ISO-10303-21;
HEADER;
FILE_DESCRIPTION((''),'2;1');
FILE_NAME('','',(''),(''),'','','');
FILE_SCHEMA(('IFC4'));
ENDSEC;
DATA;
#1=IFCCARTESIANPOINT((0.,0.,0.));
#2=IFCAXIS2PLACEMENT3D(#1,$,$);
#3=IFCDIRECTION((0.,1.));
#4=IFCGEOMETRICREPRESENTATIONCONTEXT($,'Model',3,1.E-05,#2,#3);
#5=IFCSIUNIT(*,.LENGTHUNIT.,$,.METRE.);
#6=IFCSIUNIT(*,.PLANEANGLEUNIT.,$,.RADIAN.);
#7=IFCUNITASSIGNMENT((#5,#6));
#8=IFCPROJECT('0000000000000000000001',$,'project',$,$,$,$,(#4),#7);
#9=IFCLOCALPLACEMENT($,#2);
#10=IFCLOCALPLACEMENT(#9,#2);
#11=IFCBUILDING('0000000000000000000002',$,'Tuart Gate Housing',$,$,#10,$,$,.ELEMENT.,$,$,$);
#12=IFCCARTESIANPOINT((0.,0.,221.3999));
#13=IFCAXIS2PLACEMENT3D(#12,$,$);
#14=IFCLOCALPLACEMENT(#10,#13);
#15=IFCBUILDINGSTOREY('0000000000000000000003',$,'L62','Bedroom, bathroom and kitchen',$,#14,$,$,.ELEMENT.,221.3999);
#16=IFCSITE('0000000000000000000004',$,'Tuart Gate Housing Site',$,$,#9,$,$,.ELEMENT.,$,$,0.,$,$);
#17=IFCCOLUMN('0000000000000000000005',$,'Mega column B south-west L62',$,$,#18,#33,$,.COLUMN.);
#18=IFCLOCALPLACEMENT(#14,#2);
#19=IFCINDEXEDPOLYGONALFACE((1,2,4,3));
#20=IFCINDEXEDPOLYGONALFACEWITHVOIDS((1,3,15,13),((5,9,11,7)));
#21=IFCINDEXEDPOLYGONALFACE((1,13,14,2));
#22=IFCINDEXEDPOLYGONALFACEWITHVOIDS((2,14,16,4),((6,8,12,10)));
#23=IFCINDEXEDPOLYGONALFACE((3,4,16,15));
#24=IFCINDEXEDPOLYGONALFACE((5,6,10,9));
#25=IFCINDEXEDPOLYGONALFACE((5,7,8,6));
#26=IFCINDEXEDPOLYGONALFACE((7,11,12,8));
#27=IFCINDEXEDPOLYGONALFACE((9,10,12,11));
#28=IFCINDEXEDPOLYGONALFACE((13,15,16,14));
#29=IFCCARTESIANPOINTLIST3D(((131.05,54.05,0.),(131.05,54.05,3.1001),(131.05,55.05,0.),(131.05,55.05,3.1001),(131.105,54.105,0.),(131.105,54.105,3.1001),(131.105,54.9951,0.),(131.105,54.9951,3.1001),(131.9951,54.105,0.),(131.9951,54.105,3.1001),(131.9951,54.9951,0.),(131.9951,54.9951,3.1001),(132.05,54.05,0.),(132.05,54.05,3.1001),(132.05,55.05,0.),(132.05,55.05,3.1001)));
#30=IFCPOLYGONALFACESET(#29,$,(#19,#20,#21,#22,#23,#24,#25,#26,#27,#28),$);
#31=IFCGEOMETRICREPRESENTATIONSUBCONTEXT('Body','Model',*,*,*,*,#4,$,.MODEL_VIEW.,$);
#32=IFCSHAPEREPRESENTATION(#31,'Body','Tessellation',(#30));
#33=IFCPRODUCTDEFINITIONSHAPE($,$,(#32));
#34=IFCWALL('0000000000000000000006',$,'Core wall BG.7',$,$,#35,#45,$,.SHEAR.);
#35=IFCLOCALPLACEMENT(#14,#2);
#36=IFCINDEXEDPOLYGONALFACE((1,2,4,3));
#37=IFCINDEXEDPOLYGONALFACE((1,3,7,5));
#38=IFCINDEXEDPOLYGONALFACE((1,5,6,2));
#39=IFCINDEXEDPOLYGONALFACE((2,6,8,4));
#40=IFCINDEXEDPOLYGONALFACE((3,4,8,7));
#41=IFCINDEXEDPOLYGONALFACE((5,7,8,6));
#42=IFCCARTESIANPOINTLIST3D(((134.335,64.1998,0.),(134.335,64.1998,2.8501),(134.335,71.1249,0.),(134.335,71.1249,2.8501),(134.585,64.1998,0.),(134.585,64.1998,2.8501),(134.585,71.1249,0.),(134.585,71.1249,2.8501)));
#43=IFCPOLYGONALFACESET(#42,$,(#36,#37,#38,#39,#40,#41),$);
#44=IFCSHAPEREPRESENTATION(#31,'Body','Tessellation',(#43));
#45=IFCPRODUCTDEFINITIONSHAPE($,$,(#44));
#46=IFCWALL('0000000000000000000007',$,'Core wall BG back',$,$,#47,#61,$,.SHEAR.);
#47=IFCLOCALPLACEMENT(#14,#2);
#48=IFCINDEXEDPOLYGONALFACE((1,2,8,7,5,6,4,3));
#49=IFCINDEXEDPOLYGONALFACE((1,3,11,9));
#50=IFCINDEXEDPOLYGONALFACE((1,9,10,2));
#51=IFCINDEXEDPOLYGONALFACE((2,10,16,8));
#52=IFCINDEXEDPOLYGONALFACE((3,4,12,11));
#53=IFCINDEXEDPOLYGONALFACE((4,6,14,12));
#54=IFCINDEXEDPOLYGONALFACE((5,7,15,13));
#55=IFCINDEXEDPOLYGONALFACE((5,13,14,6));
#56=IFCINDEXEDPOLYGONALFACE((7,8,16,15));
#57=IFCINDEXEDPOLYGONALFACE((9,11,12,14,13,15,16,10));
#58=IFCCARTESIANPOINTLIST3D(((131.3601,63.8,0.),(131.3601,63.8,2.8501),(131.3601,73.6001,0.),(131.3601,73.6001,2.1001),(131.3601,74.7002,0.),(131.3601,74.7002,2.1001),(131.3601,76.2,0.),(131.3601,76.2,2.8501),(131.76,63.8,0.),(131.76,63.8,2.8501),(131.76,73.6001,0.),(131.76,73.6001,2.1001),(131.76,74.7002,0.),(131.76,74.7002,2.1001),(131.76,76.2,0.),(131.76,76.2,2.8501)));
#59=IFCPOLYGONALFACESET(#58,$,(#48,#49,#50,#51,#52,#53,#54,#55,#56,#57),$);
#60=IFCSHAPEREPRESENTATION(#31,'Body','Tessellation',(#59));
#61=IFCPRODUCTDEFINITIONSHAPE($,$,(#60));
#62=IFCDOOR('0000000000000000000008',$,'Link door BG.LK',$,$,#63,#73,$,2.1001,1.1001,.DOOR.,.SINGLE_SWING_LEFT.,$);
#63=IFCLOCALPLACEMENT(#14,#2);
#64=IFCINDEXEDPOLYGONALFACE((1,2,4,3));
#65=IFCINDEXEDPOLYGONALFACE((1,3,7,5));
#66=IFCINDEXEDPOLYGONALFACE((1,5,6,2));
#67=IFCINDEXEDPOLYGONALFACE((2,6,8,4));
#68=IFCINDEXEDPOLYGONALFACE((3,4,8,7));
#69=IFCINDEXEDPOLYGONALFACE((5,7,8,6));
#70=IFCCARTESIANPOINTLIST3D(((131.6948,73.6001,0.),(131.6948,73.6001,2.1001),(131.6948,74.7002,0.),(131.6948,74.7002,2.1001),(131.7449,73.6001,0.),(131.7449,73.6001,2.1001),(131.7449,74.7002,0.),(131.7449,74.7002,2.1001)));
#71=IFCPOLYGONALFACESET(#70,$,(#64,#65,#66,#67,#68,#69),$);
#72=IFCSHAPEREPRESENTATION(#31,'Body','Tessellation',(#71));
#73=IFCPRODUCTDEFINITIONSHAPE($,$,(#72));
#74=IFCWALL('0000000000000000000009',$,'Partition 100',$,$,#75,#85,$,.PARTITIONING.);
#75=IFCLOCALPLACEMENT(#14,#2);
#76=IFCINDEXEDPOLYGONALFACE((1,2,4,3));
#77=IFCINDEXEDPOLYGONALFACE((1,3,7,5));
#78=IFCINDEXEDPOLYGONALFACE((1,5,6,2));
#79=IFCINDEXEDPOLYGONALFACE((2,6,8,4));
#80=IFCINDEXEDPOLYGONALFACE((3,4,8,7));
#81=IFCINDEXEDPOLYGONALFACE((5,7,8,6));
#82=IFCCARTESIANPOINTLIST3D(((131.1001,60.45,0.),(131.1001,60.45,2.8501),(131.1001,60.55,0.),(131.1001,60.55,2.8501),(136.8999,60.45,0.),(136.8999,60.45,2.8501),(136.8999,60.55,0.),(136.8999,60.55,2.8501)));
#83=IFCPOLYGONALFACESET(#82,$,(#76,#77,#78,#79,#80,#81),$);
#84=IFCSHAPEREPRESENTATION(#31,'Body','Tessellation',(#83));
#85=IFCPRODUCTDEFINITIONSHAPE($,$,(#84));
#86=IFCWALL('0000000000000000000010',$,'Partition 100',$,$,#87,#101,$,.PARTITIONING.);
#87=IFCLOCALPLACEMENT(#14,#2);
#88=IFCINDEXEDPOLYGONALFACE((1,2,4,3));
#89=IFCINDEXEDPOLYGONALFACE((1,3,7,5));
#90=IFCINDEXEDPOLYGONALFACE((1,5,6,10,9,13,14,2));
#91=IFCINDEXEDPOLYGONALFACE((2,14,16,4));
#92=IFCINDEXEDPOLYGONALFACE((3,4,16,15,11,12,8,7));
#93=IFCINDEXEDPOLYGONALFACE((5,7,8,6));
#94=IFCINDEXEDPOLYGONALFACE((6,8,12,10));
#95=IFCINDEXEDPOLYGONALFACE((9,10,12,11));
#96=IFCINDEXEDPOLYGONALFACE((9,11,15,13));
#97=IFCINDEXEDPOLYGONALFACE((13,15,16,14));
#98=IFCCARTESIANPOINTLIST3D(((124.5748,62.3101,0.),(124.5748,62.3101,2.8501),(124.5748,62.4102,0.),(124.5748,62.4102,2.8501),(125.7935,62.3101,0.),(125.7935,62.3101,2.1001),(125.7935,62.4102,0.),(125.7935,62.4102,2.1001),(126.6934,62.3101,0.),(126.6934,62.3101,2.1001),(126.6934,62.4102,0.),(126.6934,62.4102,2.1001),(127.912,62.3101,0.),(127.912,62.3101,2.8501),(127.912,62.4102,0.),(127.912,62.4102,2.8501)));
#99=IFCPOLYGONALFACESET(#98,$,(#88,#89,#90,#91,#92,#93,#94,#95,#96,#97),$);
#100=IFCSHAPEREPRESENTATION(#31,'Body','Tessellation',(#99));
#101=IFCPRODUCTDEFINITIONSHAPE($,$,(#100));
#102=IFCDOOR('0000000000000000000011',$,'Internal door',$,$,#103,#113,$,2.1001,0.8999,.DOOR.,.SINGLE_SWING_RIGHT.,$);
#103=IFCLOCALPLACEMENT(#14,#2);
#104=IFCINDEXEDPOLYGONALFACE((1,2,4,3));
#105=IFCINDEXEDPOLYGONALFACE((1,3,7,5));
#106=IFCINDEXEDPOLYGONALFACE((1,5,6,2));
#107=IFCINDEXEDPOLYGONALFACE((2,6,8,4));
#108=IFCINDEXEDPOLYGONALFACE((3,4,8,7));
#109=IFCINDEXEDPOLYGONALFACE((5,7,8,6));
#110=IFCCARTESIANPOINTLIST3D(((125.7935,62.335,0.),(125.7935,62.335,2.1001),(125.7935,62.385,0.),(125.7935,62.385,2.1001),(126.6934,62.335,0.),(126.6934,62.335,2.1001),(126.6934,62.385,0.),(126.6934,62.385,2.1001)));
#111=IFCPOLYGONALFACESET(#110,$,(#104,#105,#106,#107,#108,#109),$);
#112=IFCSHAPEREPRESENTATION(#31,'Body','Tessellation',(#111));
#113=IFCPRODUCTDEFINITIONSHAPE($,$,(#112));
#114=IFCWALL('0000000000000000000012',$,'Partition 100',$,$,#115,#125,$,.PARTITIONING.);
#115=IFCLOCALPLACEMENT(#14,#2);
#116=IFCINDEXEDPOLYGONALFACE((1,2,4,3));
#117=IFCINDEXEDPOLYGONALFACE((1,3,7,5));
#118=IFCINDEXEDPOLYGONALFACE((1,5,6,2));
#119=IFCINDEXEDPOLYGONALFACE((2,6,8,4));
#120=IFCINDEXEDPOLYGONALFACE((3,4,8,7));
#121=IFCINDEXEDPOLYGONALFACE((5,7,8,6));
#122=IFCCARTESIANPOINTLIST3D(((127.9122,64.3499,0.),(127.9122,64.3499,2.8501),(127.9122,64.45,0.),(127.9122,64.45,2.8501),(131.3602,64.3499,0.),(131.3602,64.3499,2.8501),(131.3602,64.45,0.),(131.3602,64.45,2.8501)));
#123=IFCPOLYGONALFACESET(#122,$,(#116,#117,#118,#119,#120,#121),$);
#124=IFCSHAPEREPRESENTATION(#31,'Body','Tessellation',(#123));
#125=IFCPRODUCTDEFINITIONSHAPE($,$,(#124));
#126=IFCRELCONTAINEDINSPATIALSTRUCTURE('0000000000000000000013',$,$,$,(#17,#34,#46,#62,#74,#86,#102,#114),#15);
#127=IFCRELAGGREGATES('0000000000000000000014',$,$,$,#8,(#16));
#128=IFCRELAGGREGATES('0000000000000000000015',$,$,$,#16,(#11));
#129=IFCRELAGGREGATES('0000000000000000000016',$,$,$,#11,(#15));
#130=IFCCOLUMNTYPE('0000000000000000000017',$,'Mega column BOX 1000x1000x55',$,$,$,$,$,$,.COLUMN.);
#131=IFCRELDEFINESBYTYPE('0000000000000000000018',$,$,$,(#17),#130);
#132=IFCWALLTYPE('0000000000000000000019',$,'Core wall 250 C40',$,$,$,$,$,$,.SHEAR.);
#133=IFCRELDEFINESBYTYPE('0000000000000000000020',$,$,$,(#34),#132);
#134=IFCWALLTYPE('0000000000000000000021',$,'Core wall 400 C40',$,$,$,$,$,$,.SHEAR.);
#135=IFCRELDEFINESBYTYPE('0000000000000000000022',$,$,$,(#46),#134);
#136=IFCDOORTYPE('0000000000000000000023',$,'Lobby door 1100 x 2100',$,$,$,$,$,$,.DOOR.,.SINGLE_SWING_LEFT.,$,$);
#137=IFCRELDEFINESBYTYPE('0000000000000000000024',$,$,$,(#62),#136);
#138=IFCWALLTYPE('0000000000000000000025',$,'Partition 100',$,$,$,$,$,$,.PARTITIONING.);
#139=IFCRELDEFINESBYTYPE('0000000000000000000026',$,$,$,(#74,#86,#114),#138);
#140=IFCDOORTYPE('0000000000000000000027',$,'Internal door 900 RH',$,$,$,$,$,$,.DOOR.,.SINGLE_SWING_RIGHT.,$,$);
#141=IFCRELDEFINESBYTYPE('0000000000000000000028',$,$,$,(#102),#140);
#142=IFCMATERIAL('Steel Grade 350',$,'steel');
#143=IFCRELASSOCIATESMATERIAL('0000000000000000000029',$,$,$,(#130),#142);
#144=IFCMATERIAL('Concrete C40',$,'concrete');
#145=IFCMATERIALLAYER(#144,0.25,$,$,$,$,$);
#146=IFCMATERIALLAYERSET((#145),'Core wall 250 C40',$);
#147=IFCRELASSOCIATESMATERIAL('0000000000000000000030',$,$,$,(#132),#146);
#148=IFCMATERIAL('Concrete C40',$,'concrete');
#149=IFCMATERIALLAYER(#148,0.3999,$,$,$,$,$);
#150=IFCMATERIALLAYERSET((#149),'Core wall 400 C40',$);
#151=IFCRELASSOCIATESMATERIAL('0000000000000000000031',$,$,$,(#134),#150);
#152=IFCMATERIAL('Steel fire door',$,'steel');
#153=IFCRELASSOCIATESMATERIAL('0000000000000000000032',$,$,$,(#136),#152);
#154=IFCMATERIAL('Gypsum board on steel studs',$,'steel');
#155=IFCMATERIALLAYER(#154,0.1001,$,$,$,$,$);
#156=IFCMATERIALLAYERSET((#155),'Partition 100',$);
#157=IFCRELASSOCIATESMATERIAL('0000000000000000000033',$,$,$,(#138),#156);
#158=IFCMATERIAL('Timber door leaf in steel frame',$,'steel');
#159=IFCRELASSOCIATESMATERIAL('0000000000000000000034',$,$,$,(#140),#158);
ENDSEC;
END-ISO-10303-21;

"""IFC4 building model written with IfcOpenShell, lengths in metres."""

from ifc_helpers import new_model, si_unit, direction, frame, frame_2d, origin, origin_2d, place, context, subcontext, project, spatial, rectangle, hollow_rectangle, extrude, material, layer, layer_set, material_profile, profile_set, type_object, element, fill, save


model = new_model("IFC4")

# Units and contexts
model_context = context("Model", 3, precision=1e-05, world=origin(), true_north=direction((0.0, 1.0)))
body_context = subcontext(model_context, "Body", "Model", "MODEL_VIEW")
ifc_project = project(units=[si_unit("LENGTHUNIT", "METRE"), si_unit("PLANEANGLEUNIT", "RADIAN")], contexts=[model_context])

# Site, building, storey
site_placement = place(None, origin())
site = spatial("IfcSite", under=ifc_project, at=site_placement, Name="Tuart Gate Housing Site", CompositionType="ELEMENT", RefElevation=0.0)
building_placement = place(site_placement, origin())
building = spatial("IfcBuilding", under=site, at=building_placement, Name="Tuart Gate Housing", CompositionType="ELEMENT")
storey_placement = place(building_placement, frame((0.0, 0.0, 221.3999)))
storey = spatial("IfcBuildingStorey", under=building, at=storey_placement, Name="L62", Description="Bedroom, bathroom and kitchen", CompositionType="ELEMENT", Elevation=221.3999)

# Column
ifc_material_1 = material(Name="Steel Grade 350", Category="steel")
ifc_material_profile = material_profile(ifc_material_1, hollow_rectangle(XDim=1.0, YDim=1.0, WallThickness=0.0549, at=origin_2d()), Name="BOX 1000x1000x55")
ifc_profile_set = profile_set([ifc_material_profile], Name="Steel Grade 350")
column_type = type_object("IfcColumnType", Name="Mega column BOX 1000x1000x55", PredefinedType="COLUMN", material=ifc_profile_set)
column_placement = place(storey_placement, frame((131.55, 54.55, 0.0), z_axis=(0.0, 0.0, 1.0), x_axis=(1.0, 0.0, 0.0)))
element("IfcColumn", 1, at=column_placement, inside=storey, type_object=column_type, Name="Mega column B south-west L62", PredefinedType="COLUMN", context=body_context, shape_type="SweptSolid", body=[
    extrude(hollow_rectangle(XDim=1.0, YDim=1.0, WallThickness=0.0549, at=origin_2d()), origin(), (0.0, 0.0, 1.0), 3.1001),
])

# Wall
ifc_material_2 = material(Name="Concrete C40", Category="concrete")
ifc_layer_1 = layer(ifc_material_2, 0.25)
ifc_layer_set_1 = layer_set([ifc_layer_1], Name="Core wall 250 C40")
wall_type_1 = type_object("IfcWallType", Name="Core wall 250 C40", PredefinedType="SHEAR", material=ifc_layer_set_1)
wall_1_placement = place(storey_placement, frame((134.46, 64.2, 0.0), z_axis=(0.0, 0.0, 1.0), x_axis=(0.0, 1.0, 0.0)))
element("IfcWall", 2, at=wall_1_placement, inside=storey, type_object=wall_type_1, Name="Core wall BG.7", PredefinedType="SHEAR", context=body_context, shape_type="SweptSolid", body=[
    extrude(rectangle(XDim=6.925, YDim=0.25, at=frame_2d((3.4624, 0.0))), origin(), (0.0, 0.0, 1.0), 2.8501),
])

# Wall, opening, door
ifc_material_3 = material(Name="Concrete C40", Category="concrete")
ifc_layer_2 = layer(ifc_material_3, 0.3999)
ifc_layer_set_2 = layer_set([ifc_layer_2], Name="Core wall 400 C40")
wall_type_2 = type_object("IfcWallType", Name="Core wall 400 C40", PredefinedType="SHEAR", material=ifc_layer_set_2)
wall_2_placement = place(storey_placement, frame((131.5601, 63.8, 0.0), z_axis=(0.0, 0.0, 1.0), x_axis=(0.0, 1.0, 0.0)))
wall_2 = element("IfcWall", 3, at=wall_2_placement, inside=storey, type_object=wall_type_2, Name="Core wall BG back", PredefinedType="SHEAR", context=body_context, shape_type="SweptSolid", body=[
    extrude(rectangle(XDim=12.3999, YDim=0.3999, at=frame_2d((6.2, 0.0))), origin(), (0.0, 0.0, 1.0), 2.8501),
])
opening_1_placement = place(wall_2_placement, frame((9.8, 0.0, 0.0)))
opening_1 = element("IfcOpeningElement", 4, at=opening_1_placement, cuts=wall_2, PredefinedType="OPENING", context=body_context, shape_type="SweptSolid", body=[
    extrude(rectangle(XDim=1.1001, YDim=2.1001, at=frame_2d((0.55, 1.05))), frame((0.0, 0.21, 0.0), z_axis=(0.0, -1.0, 0.0), x_axis=(1.0, 0.0, 0.0)), (0.0, 0.0, 1.0), 0.4199),
])
ifc_material_4 = material(Name="Steel fire door", Category="steel")
door_type_1 = type_object("IfcDoorType", Name="Lobby door 1100 x 2100", OperationType="SINGLE_SWING_LEFT", PredefinedType="DOOR", material=ifc_material_4)
door_1_placement = place(opening_1_placement, frame((1.1001, 0.0, 0.0), z_axis=(0.0, 0.0, 1.0), x_axis=(-1.0, 0.0, 0.0)))
door_1 = element("IfcDoor", 5, at=door_1_placement, inside=storey, type_object=door_type_1, Name="Link door BG.LK", OperationType="SINGLE_SWING_LEFT", OverallHeight=2.1001, OverallWidth=1.1001, PredefinedType="DOOR", context=body_context, shape_type="SweptSolid", body=[
    extrude(rectangle(XDim=1.1001, YDim=2.1001, at=frame_2d((0.55, 1.05))), frame((0.0, 0.1848, 0.0), z_axis=(0.0, -1.0, 0.0), x_axis=(1.0, 0.0, 0.0)), (0.0, 0.0, 1.0), 0.05),
])
fill(opening_1, door_1)

# Wall
ifc_material_5 = material(Name="Gypsum board on steel studs", Category="steel")
ifc_layer_3 = layer(ifc_material_5, 0.1001)
ifc_layer_set_3 = layer_set([ifc_layer_3], Name="Partition 100")
wall_type_3 = type_object("IfcWallType", Name="Partition 100", PredefinedType="PARTITIONING", material=ifc_layer_set_3)
wall_3_placement = place(storey_placement, frame((131.1001, 60.5, 0.0), z_axis=(0.0, 0.0, 1.0), x_axis=(1.0, 0.0, 0.0)))
element("IfcWall", 6, at=wall_3_placement, inside=storey, type_object=wall_type_3, Name="Partition 100", PredefinedType="PARTITIONING", context=body_context, shape_type="SweptSolid", body=[
    extrude(rectangle(XDim=5.7998, YDim=0.1001, at=frame_2d((2.8999, 0.0))), origin(), (0.0, 0.0, 1.0), 2.8501),
])

# Wall, opening, door
wall_4_placement = place(storey_placement, frame((124.575, 62.3601, 0.0), z_axis=(0.0, 0.0, 1.0), x_axis=(1.0, 0.0, 0.0)))
wall_4 = element("IfcWall", 7, at=wall_4_placement, inside=storey, type_object=wall_type_3, Name="Partition 100", PredefinedType="PARTITIONING", context=body_context, shape_type="SweptSolid", body=[
    extrude(rectangle(XDim=3.3372, YDim=0.1001, at=frame_2d((1.6685, 0.0))), origin(), (0.0, 0.0, 1.0), 2.8501),
])
opening_2_placement = place(wall_4_placement, frame((1.2185, 0.0, 0.0)))
opening_2 = element("IfcOpeningElement", 8, at=opening_2_placement, cuts=wall_4, PredefinedType="OPENING", context=body_context, shape_type="SweptSolid", body=[
    extrude(rectangle(XDim=0.8999, YDim=2.1001, at=frame_2d((0.45, 1.05))), frame((0.0, 0.0601, 0.0), z_axis=(0.0, -1.0, 0.0), x_axis=(1.0, 0.0, 0.0)), (0.0, 0.0, 1.0), 0.1201),
])
ifc_material_6 = material(Name="Timber door leaf in steel frame", Category="steel")
door_type_2 = type_object("IfcDoorType", Name="Internal door 900 RH", OperationType="SINGLE_SWING_RIGHT", PredefinedType="DOOR", material=ifc_material_6)
door_2_placement = place(opening_2_placement, origin())
door_2 = element("IfcDoor", 9, at=door_2_placement, inside=storey, type_object=door_type_2, Name="Internal door", OperationType="SINGLE_SWING_RIGHT", OverallHeight=2.1001, OverallWidth=0.8999, PredefinedType="DOOR", context=body_context, shape_type="SweptSolid", body=[
    extrude(rectangle(XDim=0.8999, YDim=2.1001, at=frame_2d((0.45, 1.05))), frame((0.0, 0.0249, 0.0), z_axis=(0.0, -1.0, 0.0), x_axis=(1.0, 0.0, 0.0)), (0.0, 0.0, 1.0), 0.05),
])
fill(opening_2, door_2)

# Wall
wall_5_placement = place(storey_placement, frame((127.9121, 64.3999, 0.0), z_axis=(0.0, 0.0, 1.0), x_axis=(1.0, 0.0, 0.0)))
element("IfcWall", 10, at=wall_5_placement, inside=storey, type_object=wall_type_3, Name="Partition 100", PredefinedType="PARTITIONING", context=body_context, shape_type="SweptSolid", body=[
    extrude(rectangle(XDim=3.448, YDim=0.1001, at=frame_2d((1.7241, 0.0))), origin(), (0.0, 0.0, 1.0), 2.8501),
])

save(model, "model.ifc")
